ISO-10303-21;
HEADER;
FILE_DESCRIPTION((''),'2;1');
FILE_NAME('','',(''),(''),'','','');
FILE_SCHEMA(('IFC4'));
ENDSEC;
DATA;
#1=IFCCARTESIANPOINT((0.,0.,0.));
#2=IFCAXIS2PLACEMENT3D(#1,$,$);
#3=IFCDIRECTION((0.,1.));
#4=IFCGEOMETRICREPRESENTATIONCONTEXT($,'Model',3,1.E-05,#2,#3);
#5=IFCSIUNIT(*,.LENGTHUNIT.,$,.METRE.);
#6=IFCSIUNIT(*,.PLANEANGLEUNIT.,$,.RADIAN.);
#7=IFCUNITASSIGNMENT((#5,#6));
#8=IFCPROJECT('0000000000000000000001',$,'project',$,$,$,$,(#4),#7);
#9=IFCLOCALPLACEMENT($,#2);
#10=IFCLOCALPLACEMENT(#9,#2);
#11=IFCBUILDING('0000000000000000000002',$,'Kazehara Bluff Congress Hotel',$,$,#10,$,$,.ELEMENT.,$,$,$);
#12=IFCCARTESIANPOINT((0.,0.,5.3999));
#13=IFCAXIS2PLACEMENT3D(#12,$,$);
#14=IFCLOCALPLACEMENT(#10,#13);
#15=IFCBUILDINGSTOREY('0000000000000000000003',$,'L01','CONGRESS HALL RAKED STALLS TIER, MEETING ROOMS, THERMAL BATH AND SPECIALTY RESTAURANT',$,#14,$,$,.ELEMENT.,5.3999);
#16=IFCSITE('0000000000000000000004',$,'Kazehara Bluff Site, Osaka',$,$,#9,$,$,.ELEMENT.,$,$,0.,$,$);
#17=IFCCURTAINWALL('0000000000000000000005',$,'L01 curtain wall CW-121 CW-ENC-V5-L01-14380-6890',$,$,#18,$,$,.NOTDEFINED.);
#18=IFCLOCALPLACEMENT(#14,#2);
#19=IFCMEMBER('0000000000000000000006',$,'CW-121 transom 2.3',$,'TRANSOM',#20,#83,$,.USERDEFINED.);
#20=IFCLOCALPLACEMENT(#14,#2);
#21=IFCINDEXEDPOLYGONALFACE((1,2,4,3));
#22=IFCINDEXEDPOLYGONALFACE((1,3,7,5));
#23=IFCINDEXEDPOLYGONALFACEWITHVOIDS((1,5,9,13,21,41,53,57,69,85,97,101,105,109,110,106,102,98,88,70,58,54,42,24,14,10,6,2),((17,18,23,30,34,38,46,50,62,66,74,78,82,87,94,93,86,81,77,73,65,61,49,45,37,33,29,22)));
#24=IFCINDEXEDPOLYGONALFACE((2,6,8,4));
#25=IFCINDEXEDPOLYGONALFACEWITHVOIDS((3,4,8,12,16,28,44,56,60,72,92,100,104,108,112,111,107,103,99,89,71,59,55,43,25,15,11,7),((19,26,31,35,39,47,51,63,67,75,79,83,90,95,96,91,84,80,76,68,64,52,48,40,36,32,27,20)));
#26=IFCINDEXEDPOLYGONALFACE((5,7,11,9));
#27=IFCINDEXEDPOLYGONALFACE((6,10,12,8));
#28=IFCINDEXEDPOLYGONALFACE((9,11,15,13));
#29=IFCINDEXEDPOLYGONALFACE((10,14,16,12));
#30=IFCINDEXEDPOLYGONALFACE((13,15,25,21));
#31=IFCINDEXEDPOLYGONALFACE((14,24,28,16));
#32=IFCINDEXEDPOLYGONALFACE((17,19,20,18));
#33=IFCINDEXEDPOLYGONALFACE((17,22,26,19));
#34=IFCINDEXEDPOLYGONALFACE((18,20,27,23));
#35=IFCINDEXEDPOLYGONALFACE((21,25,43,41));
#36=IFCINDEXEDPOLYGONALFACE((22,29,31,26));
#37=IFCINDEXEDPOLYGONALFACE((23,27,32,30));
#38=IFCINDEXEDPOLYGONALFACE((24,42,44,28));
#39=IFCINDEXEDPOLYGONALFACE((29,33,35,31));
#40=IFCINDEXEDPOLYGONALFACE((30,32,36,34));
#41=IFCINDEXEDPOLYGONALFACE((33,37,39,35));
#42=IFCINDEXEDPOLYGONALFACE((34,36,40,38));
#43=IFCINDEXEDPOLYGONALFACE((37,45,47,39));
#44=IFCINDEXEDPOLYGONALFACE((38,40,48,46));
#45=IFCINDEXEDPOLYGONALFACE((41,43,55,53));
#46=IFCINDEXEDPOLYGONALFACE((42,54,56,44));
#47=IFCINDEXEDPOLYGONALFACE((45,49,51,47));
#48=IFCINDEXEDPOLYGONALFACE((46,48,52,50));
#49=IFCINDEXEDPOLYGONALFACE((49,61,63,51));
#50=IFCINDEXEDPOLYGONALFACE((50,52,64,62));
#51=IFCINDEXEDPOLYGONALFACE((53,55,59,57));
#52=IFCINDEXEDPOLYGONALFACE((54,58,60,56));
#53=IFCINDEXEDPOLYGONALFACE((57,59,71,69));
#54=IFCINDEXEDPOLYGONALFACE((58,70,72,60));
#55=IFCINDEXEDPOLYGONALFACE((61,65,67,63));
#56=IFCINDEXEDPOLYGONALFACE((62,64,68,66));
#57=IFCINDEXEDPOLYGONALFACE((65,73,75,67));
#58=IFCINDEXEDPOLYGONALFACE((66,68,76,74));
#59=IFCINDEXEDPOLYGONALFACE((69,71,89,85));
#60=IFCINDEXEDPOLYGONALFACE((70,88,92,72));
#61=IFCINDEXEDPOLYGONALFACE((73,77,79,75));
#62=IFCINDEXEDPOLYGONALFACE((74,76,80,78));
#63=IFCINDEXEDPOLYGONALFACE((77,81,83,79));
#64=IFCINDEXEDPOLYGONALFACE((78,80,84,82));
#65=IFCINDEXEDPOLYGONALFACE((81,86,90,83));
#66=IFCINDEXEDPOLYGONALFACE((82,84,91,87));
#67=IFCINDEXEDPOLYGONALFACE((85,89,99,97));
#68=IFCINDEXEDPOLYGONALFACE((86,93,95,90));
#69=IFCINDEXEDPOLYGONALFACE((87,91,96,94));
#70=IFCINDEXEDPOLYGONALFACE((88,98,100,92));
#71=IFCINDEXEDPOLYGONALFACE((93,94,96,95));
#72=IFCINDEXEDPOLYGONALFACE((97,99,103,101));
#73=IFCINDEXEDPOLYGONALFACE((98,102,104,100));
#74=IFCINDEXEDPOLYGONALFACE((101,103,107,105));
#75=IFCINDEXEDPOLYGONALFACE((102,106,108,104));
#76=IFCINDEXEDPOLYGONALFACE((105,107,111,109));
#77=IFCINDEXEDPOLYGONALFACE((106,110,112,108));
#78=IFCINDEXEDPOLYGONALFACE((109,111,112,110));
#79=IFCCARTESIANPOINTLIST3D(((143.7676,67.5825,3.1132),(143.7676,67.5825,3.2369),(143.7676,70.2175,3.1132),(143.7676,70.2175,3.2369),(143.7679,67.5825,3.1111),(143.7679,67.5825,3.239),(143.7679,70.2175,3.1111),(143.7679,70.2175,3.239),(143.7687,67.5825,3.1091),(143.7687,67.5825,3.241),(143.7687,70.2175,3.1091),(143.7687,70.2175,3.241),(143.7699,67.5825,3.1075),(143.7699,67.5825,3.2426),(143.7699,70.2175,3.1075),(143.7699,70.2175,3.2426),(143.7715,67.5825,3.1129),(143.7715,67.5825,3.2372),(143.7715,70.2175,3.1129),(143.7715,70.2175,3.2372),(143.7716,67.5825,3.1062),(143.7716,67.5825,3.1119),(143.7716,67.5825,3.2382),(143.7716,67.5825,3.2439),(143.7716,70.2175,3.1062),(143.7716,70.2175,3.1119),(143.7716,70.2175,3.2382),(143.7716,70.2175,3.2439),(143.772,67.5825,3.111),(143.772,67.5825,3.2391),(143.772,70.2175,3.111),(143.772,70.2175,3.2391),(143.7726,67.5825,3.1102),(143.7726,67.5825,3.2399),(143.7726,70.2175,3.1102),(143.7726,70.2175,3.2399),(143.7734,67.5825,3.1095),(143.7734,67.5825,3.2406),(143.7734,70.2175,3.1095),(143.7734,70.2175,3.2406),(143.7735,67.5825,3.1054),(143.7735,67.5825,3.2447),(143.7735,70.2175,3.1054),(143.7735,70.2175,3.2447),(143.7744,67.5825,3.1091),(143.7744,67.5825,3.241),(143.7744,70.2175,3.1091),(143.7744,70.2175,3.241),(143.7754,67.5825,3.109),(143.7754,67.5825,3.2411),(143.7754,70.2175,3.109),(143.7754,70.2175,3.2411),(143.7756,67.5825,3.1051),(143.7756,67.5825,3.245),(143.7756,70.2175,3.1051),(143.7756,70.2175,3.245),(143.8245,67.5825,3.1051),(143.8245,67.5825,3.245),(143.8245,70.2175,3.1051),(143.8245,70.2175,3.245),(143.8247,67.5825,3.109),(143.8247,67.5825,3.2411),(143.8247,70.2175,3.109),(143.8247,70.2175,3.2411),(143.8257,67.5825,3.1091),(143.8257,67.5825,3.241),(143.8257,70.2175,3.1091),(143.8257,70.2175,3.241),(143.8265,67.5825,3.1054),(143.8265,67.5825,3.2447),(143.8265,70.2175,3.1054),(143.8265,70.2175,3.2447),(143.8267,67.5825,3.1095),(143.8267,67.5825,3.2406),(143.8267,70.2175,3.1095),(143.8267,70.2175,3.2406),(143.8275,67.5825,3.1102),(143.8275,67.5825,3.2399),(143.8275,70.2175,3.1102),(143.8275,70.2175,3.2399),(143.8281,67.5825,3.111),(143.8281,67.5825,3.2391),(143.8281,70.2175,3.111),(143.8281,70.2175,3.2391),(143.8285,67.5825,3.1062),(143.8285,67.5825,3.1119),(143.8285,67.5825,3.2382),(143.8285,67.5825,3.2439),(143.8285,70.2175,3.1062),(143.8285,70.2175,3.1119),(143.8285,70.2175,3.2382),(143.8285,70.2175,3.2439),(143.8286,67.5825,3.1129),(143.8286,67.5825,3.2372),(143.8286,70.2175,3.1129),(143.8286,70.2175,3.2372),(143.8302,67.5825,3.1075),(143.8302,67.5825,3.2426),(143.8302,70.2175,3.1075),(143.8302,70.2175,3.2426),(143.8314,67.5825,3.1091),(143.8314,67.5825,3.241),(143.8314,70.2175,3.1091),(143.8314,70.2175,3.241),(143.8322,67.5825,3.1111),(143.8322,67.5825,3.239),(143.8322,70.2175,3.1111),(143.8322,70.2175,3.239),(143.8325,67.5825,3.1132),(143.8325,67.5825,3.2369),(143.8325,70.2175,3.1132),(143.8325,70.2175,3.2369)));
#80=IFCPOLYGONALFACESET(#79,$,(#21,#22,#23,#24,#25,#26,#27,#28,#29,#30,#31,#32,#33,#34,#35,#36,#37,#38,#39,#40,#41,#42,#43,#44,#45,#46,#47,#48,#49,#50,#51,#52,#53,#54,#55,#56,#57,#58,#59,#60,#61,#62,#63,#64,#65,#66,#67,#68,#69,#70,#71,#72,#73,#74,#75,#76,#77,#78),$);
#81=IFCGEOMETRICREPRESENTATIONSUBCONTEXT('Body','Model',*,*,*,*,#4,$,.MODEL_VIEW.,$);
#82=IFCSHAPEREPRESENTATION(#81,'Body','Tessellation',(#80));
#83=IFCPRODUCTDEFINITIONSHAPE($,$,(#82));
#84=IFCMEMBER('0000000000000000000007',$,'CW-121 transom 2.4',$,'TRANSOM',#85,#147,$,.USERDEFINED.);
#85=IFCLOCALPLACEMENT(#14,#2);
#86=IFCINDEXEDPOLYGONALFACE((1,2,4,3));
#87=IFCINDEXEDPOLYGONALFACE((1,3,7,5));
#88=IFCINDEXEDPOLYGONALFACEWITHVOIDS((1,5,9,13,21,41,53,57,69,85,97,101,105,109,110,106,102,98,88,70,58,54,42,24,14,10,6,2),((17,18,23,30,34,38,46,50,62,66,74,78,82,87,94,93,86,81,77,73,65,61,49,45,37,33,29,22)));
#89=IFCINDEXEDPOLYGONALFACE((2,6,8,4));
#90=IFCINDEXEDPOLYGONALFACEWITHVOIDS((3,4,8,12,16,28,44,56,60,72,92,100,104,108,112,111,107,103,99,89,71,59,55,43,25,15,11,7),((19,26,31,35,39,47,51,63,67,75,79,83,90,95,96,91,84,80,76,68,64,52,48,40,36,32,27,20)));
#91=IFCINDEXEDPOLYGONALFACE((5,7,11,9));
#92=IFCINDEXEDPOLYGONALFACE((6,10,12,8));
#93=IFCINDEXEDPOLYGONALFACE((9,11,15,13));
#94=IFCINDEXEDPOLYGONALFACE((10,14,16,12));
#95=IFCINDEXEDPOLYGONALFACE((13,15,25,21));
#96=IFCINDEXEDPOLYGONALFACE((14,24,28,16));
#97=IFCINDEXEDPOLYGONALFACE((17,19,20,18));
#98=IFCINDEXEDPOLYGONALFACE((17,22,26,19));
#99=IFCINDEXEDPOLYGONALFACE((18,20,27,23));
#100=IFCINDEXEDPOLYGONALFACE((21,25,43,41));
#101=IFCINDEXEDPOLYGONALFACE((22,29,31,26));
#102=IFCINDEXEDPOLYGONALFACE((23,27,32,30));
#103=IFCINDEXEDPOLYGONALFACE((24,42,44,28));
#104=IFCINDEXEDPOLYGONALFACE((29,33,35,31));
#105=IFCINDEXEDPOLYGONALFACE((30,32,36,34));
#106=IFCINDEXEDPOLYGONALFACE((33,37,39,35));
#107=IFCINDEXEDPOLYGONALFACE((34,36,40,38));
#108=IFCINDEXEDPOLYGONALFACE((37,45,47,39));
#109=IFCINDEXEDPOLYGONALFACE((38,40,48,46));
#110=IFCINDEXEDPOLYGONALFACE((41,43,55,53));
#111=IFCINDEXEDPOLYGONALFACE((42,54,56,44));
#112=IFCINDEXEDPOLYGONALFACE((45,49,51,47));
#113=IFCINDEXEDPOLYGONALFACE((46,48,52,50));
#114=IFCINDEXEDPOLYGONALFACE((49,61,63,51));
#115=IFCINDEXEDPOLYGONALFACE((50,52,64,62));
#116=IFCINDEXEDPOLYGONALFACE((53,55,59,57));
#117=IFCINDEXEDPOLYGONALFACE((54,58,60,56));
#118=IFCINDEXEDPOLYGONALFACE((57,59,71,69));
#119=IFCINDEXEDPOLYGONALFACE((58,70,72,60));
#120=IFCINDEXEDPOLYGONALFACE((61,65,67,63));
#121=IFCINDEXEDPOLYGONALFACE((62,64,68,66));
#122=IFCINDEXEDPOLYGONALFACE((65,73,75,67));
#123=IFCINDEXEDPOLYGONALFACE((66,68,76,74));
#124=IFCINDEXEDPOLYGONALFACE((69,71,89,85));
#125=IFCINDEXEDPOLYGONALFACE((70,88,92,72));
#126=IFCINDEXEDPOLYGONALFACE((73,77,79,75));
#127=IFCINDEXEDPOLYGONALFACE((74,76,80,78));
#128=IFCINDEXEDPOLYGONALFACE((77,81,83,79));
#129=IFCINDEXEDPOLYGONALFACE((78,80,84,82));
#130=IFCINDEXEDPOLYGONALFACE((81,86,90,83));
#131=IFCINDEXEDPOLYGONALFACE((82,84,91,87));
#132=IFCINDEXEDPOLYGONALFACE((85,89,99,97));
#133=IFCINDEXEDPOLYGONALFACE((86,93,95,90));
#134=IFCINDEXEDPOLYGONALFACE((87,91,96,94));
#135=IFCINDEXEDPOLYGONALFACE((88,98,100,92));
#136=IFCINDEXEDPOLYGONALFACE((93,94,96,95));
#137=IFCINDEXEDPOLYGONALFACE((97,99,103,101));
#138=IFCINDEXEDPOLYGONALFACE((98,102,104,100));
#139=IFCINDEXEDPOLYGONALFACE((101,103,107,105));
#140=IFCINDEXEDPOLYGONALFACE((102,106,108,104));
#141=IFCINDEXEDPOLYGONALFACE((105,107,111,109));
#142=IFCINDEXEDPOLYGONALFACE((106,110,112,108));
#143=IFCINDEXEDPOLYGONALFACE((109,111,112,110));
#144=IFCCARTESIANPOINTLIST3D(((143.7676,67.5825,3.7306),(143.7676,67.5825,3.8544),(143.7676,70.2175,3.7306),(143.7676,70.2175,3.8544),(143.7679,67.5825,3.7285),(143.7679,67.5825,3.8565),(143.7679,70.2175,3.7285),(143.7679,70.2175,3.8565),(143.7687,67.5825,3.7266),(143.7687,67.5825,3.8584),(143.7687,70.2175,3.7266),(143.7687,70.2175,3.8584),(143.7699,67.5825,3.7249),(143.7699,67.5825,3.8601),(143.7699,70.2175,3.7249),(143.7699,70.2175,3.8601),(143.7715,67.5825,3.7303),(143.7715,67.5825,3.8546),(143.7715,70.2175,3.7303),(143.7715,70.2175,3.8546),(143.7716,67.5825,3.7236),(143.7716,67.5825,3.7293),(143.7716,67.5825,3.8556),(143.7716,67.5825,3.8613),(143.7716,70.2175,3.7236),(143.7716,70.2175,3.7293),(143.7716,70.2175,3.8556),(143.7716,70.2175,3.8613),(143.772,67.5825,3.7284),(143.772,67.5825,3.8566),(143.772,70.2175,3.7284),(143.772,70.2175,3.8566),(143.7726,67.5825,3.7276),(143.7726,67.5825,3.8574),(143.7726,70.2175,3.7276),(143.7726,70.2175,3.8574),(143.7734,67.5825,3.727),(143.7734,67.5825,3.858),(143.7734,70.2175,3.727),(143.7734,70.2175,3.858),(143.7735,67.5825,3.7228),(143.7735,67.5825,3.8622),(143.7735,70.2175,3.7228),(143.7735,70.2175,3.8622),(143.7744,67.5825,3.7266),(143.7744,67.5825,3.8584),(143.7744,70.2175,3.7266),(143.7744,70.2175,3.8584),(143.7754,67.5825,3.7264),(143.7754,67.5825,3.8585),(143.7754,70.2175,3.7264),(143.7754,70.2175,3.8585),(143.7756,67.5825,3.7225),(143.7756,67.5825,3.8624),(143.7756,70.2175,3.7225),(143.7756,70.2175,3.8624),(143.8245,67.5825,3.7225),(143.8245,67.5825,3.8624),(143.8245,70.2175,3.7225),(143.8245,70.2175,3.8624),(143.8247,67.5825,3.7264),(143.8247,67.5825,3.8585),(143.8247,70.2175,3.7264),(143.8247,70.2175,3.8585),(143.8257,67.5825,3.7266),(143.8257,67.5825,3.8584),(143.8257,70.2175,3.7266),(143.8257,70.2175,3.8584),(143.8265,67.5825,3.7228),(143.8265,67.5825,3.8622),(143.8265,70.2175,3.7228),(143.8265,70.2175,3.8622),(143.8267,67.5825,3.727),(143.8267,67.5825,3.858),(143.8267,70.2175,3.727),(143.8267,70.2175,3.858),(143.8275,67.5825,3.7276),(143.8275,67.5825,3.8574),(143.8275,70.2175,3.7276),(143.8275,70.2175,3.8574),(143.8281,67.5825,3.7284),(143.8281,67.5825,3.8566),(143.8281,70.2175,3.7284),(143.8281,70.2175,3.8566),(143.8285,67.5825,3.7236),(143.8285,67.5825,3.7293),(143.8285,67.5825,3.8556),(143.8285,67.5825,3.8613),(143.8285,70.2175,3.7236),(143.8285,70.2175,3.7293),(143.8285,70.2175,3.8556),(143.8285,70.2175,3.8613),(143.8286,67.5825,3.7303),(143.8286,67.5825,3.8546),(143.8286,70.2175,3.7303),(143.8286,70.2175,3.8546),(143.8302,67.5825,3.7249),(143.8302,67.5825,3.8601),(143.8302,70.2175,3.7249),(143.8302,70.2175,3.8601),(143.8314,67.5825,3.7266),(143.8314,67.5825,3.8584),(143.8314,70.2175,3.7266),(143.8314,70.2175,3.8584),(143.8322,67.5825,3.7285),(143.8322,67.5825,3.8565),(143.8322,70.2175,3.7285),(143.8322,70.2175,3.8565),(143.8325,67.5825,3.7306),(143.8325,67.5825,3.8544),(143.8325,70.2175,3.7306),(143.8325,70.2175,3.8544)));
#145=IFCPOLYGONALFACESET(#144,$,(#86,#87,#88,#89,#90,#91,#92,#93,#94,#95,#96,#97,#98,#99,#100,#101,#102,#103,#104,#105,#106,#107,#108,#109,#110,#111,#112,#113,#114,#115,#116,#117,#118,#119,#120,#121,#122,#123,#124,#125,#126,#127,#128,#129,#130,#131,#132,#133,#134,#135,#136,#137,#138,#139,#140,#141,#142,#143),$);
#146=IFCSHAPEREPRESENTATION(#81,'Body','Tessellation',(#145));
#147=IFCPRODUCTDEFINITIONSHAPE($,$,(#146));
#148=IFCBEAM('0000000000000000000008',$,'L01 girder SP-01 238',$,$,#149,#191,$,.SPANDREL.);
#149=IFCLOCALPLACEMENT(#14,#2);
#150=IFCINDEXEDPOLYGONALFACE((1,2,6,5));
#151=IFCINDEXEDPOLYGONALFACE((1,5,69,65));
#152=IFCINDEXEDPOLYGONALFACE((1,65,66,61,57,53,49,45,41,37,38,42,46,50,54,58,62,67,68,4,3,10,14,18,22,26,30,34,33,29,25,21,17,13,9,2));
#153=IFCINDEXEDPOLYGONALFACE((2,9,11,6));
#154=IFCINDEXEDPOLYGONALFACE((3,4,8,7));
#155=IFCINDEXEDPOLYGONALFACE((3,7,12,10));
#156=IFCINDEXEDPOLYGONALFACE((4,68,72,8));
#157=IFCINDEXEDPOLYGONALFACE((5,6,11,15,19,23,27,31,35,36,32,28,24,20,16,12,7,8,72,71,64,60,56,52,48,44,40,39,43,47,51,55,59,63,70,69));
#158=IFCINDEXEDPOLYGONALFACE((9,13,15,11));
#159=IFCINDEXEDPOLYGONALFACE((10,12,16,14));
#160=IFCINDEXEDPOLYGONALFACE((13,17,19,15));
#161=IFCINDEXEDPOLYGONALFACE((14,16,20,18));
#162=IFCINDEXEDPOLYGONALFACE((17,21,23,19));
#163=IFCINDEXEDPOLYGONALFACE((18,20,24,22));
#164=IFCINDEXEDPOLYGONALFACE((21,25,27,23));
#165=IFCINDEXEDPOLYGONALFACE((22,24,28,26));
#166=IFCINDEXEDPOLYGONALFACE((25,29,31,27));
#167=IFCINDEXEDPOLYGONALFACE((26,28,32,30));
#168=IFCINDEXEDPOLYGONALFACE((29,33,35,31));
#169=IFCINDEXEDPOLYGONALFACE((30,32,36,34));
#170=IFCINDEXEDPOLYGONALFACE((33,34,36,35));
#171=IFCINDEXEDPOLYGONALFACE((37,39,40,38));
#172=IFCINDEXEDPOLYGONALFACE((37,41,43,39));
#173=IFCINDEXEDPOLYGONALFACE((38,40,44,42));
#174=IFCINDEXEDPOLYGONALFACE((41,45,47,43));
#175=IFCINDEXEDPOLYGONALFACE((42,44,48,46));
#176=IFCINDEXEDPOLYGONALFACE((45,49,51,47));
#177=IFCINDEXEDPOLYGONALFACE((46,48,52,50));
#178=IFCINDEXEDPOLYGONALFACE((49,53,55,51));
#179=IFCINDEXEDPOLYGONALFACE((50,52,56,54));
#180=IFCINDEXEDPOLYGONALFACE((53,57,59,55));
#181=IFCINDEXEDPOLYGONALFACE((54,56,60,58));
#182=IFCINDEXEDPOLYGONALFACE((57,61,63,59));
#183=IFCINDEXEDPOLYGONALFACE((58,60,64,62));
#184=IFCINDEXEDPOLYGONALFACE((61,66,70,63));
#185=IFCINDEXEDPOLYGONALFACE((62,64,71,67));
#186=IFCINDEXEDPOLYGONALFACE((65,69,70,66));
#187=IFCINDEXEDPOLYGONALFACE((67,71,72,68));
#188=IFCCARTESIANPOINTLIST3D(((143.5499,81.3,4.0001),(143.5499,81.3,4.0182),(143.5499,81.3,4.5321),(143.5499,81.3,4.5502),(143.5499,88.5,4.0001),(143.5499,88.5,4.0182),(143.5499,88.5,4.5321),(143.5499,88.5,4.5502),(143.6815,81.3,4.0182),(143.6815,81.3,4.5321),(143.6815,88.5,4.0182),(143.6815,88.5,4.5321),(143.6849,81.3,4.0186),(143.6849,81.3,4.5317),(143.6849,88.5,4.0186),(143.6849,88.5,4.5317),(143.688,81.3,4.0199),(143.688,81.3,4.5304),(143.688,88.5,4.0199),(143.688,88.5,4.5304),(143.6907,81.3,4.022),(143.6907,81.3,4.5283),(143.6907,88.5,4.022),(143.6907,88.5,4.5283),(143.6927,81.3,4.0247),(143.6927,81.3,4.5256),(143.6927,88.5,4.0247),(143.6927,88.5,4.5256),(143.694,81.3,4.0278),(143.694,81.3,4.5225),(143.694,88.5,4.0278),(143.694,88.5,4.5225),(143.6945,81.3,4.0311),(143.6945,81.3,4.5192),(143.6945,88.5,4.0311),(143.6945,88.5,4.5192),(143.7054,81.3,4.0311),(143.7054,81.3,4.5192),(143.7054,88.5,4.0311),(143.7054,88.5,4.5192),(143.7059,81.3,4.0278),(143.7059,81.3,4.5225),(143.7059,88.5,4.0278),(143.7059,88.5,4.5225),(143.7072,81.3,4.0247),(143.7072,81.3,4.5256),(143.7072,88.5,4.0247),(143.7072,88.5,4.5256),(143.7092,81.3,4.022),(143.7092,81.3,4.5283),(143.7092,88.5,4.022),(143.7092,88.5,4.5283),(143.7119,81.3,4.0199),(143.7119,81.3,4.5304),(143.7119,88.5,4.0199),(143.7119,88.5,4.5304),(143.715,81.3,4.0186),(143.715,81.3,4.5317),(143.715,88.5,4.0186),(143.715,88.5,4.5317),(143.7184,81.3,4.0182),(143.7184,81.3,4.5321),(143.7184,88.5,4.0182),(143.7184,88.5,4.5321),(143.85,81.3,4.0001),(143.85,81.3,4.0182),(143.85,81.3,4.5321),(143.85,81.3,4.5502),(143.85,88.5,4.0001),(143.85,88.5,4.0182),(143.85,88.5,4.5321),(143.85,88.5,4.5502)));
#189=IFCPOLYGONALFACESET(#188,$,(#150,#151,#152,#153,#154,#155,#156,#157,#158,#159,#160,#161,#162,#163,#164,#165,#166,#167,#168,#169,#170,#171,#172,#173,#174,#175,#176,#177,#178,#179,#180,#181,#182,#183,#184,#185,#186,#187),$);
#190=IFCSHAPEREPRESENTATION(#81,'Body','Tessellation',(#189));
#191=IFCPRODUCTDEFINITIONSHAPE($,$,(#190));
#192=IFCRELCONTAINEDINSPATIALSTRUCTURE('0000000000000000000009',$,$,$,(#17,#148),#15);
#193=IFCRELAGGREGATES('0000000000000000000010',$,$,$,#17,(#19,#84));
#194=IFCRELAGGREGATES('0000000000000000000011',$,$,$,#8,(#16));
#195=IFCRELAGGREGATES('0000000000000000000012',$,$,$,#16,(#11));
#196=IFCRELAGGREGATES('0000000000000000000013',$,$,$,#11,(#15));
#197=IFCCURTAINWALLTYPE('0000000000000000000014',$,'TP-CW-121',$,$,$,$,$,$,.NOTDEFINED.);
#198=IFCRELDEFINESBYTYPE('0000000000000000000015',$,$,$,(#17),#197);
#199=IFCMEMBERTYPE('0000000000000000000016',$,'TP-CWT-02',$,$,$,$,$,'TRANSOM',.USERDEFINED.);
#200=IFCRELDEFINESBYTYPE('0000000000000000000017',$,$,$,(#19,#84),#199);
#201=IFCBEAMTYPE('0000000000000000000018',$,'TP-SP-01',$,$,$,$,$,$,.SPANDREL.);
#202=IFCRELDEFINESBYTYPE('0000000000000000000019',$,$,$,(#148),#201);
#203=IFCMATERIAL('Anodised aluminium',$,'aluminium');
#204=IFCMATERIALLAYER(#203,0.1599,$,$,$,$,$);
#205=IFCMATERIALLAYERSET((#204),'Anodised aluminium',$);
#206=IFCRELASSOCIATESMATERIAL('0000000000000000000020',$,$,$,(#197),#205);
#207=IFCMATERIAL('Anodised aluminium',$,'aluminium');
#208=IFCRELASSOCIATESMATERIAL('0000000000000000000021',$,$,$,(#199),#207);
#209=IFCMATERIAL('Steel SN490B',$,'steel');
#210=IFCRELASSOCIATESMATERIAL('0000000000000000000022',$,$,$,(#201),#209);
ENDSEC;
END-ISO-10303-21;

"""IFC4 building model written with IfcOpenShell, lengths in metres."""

from ifc_helpers import new_model, si_unit, direction, frame, origin, origin_2d, place, context, subcontext, project, spatial, hollow_rectangle, i_section, extrude, material, layer, layer_set, material_profile, profile_set, type_object, element, aggregate, save


model = new_model("IFC4")

# Units and contexts
model_context = context("Model", 3, precision=1e-05, world=origin(), true_north=direction((0.0, 1.0)))
body_context = subcontext(model_context, "Body", "Model", "MODEL_VIEW")
ifc_project = project(units=[si_unit("LENGTHUNIT", "METRE"), si_unit("PLANEANGLEUNIT", "RADIAN")], contexts=[model_context])

# Site, building, storey
site_placement = place(None, origin())
site = spatial("IfcSite", under=ifc_project, at=site_placement, Name="Kazehara Bluff Site, Osaka", CompositionType="ELEMENT", RefElevation=0.0)
building_placement = place(site_placement, origin())
building = spatial("IfcBuilding", under=site, at=building_placement, Name="Kazehara Bluff Congress Hotel", CompositionType="ELEMENT")
storey_placement = place(building_placement, frame((0.0, 0.0, 5.3999)))
storey = spatial("IfcBuildingStorey", under=building, at=storey_placement, Name="L01", Description="CONGRESS HALL RAKED STALLS TIER, MEETING ROOMS, THERMAL BATH AND SPECIALTY RESTAURANT", CompositionType="ELEMENT", Elevation=5.3999)

# Curtain wall
ifc_material_1 = material(Name="Anodised aluminium", Category="aluminium")
ifc_layer_1 = layer(ifc_material_1, 0.1599)
ifc_layer_set_1 = layer_set([ifc_layer_1], Name="Anodised aluminium")
curtain_wall_type_1 = type_object("IfcCurtainWallType", Name="TP-CW-121", PredefinedType="NOTDEFINED", material=ifc_layer_set_1)
curtain_wall_1_placement = place(storey_placement, origin())
curtain_wall_1 = element("IfcCurtainWall", 1, at=curtain_wall_1_placement, inside=storey, type_object=curtain_wall_type_1, Name="L01 curtain wall CW-121 CW-ENC-V5-L01-14380-6890", PredefinedType="NOTDEFINED")

# Members
ifc_material_2 = material(Name="Anodised aluminium", Category="aluminium")
ifc_material_profile_1 = material_profile(ifc_material_2, hollow_rectangle(XDim=0.0649, YDim=0.1399, WallThickness=0.0039, InnerFilletRadius=0.0039, OuterFilletRadius=0.0081, at=origin_2d()))
ifc_profile_set_1 = profile_set([ifc_material_profile_1], Name="Anodised aluminium")
member_type_1 = type_object("IfcMemberType", Name="TP-CWT-02", ElementType="TRANSOM", PredefinedType="USERDEFINED", material=ifc_profile_set_1)
member_1_placement = place(storey_placement, frame((143.8, 67.5825, 3.175), z_axis=(0.0, 1.0, 0.0), x_axis=(-1.0, 0.0, 0.0)))
member_1 = element("IfcMember", 2, at=member_1_placement, type_object=member_type_1, Name="CW-121 transom 2.3", ObjectType="TRANSOM", PredefinedType="USERDEFINED", context=body_context, shape_type="SweptSolid", body=[
    extrude(hollow_rectangle(XDim=0.0649, YDim=0.1399, WallThickness=0.0039, InnerFilletRadius=0.0039, OuterFilletRadius=0.0081, at=origin_2d()), origin(), (0.0, 0.0, 1.0), 2.635),
])
member_2_placement = place(storey_placement, frame((143.8, 67.5825, 3.7925), z_axis=(0.0, 1.0, 0.0), x_axis=(-1.0, 0.0, 0.0)))
member_2 = element("IfcMember", 3, at=member_2_placement, type_object=member_type_1, Name="CW-121 transom 2.4", ObjectType="TRANSOM", PredefinedType="USERDEFINED", context=body_context, shape_type="SweptSolid", body=[
    extrude(hollow_rectangle(XDim=0.0649, YDim=0.1399, WallThickness=0.0039, InnerFilletRadius=0.0039, OuterFilletRadius=0.0081, at=origin_2d()), origin(), (0.0, 0.0, 1.0), 2.635),
])

# Beam
ifc_material_3 = material(Name="Steel SN490B", Category="steel")
ifc_material_profile_2 = material_profile(ifc_material_3, i_section(OverallWidth=0.3, OverallDepth=0.55, WebThickness=0.011, FlangeThickness=0.0181, FilletRadius=0.0129, at=origin_2d()))
ifc_profile_set_2 = profile_set([ifc_material_profile_2], Name="Steel SN490B")
beam_type = type_object("IfcBeamType", Name="TP-SP-01", PredefinedType="SPANDREL", material=ifc_profile_set_2)
beam_placement = place(storey_placement, frame((143.7, 81.3, 4.2751), z_axis=(0.0, 1.0, 0.0), x_axis=(-1.0, 0.0, 0.0)))
element("IfcBeam", 4, at=beam_placement, inside=storey, type_object=beam_type, Name="L01 girder SP-01 238", PredefinedType="SPANDREL", context=body_context, shape_type="SweptSolid", body=[
    extrude(i_section(OverallWidth=0.3, OverallDepth=0.55, WebThickness=0.011, FlangeThickness=0.0181, FilletRadius=0.0129, at=origin_2d()), origin(), (0.0, 0.0, 1.0), 7.2),
])

aggregate(curtain_wall_1, [member_1, member_2])

save(model, "model.ifc")
